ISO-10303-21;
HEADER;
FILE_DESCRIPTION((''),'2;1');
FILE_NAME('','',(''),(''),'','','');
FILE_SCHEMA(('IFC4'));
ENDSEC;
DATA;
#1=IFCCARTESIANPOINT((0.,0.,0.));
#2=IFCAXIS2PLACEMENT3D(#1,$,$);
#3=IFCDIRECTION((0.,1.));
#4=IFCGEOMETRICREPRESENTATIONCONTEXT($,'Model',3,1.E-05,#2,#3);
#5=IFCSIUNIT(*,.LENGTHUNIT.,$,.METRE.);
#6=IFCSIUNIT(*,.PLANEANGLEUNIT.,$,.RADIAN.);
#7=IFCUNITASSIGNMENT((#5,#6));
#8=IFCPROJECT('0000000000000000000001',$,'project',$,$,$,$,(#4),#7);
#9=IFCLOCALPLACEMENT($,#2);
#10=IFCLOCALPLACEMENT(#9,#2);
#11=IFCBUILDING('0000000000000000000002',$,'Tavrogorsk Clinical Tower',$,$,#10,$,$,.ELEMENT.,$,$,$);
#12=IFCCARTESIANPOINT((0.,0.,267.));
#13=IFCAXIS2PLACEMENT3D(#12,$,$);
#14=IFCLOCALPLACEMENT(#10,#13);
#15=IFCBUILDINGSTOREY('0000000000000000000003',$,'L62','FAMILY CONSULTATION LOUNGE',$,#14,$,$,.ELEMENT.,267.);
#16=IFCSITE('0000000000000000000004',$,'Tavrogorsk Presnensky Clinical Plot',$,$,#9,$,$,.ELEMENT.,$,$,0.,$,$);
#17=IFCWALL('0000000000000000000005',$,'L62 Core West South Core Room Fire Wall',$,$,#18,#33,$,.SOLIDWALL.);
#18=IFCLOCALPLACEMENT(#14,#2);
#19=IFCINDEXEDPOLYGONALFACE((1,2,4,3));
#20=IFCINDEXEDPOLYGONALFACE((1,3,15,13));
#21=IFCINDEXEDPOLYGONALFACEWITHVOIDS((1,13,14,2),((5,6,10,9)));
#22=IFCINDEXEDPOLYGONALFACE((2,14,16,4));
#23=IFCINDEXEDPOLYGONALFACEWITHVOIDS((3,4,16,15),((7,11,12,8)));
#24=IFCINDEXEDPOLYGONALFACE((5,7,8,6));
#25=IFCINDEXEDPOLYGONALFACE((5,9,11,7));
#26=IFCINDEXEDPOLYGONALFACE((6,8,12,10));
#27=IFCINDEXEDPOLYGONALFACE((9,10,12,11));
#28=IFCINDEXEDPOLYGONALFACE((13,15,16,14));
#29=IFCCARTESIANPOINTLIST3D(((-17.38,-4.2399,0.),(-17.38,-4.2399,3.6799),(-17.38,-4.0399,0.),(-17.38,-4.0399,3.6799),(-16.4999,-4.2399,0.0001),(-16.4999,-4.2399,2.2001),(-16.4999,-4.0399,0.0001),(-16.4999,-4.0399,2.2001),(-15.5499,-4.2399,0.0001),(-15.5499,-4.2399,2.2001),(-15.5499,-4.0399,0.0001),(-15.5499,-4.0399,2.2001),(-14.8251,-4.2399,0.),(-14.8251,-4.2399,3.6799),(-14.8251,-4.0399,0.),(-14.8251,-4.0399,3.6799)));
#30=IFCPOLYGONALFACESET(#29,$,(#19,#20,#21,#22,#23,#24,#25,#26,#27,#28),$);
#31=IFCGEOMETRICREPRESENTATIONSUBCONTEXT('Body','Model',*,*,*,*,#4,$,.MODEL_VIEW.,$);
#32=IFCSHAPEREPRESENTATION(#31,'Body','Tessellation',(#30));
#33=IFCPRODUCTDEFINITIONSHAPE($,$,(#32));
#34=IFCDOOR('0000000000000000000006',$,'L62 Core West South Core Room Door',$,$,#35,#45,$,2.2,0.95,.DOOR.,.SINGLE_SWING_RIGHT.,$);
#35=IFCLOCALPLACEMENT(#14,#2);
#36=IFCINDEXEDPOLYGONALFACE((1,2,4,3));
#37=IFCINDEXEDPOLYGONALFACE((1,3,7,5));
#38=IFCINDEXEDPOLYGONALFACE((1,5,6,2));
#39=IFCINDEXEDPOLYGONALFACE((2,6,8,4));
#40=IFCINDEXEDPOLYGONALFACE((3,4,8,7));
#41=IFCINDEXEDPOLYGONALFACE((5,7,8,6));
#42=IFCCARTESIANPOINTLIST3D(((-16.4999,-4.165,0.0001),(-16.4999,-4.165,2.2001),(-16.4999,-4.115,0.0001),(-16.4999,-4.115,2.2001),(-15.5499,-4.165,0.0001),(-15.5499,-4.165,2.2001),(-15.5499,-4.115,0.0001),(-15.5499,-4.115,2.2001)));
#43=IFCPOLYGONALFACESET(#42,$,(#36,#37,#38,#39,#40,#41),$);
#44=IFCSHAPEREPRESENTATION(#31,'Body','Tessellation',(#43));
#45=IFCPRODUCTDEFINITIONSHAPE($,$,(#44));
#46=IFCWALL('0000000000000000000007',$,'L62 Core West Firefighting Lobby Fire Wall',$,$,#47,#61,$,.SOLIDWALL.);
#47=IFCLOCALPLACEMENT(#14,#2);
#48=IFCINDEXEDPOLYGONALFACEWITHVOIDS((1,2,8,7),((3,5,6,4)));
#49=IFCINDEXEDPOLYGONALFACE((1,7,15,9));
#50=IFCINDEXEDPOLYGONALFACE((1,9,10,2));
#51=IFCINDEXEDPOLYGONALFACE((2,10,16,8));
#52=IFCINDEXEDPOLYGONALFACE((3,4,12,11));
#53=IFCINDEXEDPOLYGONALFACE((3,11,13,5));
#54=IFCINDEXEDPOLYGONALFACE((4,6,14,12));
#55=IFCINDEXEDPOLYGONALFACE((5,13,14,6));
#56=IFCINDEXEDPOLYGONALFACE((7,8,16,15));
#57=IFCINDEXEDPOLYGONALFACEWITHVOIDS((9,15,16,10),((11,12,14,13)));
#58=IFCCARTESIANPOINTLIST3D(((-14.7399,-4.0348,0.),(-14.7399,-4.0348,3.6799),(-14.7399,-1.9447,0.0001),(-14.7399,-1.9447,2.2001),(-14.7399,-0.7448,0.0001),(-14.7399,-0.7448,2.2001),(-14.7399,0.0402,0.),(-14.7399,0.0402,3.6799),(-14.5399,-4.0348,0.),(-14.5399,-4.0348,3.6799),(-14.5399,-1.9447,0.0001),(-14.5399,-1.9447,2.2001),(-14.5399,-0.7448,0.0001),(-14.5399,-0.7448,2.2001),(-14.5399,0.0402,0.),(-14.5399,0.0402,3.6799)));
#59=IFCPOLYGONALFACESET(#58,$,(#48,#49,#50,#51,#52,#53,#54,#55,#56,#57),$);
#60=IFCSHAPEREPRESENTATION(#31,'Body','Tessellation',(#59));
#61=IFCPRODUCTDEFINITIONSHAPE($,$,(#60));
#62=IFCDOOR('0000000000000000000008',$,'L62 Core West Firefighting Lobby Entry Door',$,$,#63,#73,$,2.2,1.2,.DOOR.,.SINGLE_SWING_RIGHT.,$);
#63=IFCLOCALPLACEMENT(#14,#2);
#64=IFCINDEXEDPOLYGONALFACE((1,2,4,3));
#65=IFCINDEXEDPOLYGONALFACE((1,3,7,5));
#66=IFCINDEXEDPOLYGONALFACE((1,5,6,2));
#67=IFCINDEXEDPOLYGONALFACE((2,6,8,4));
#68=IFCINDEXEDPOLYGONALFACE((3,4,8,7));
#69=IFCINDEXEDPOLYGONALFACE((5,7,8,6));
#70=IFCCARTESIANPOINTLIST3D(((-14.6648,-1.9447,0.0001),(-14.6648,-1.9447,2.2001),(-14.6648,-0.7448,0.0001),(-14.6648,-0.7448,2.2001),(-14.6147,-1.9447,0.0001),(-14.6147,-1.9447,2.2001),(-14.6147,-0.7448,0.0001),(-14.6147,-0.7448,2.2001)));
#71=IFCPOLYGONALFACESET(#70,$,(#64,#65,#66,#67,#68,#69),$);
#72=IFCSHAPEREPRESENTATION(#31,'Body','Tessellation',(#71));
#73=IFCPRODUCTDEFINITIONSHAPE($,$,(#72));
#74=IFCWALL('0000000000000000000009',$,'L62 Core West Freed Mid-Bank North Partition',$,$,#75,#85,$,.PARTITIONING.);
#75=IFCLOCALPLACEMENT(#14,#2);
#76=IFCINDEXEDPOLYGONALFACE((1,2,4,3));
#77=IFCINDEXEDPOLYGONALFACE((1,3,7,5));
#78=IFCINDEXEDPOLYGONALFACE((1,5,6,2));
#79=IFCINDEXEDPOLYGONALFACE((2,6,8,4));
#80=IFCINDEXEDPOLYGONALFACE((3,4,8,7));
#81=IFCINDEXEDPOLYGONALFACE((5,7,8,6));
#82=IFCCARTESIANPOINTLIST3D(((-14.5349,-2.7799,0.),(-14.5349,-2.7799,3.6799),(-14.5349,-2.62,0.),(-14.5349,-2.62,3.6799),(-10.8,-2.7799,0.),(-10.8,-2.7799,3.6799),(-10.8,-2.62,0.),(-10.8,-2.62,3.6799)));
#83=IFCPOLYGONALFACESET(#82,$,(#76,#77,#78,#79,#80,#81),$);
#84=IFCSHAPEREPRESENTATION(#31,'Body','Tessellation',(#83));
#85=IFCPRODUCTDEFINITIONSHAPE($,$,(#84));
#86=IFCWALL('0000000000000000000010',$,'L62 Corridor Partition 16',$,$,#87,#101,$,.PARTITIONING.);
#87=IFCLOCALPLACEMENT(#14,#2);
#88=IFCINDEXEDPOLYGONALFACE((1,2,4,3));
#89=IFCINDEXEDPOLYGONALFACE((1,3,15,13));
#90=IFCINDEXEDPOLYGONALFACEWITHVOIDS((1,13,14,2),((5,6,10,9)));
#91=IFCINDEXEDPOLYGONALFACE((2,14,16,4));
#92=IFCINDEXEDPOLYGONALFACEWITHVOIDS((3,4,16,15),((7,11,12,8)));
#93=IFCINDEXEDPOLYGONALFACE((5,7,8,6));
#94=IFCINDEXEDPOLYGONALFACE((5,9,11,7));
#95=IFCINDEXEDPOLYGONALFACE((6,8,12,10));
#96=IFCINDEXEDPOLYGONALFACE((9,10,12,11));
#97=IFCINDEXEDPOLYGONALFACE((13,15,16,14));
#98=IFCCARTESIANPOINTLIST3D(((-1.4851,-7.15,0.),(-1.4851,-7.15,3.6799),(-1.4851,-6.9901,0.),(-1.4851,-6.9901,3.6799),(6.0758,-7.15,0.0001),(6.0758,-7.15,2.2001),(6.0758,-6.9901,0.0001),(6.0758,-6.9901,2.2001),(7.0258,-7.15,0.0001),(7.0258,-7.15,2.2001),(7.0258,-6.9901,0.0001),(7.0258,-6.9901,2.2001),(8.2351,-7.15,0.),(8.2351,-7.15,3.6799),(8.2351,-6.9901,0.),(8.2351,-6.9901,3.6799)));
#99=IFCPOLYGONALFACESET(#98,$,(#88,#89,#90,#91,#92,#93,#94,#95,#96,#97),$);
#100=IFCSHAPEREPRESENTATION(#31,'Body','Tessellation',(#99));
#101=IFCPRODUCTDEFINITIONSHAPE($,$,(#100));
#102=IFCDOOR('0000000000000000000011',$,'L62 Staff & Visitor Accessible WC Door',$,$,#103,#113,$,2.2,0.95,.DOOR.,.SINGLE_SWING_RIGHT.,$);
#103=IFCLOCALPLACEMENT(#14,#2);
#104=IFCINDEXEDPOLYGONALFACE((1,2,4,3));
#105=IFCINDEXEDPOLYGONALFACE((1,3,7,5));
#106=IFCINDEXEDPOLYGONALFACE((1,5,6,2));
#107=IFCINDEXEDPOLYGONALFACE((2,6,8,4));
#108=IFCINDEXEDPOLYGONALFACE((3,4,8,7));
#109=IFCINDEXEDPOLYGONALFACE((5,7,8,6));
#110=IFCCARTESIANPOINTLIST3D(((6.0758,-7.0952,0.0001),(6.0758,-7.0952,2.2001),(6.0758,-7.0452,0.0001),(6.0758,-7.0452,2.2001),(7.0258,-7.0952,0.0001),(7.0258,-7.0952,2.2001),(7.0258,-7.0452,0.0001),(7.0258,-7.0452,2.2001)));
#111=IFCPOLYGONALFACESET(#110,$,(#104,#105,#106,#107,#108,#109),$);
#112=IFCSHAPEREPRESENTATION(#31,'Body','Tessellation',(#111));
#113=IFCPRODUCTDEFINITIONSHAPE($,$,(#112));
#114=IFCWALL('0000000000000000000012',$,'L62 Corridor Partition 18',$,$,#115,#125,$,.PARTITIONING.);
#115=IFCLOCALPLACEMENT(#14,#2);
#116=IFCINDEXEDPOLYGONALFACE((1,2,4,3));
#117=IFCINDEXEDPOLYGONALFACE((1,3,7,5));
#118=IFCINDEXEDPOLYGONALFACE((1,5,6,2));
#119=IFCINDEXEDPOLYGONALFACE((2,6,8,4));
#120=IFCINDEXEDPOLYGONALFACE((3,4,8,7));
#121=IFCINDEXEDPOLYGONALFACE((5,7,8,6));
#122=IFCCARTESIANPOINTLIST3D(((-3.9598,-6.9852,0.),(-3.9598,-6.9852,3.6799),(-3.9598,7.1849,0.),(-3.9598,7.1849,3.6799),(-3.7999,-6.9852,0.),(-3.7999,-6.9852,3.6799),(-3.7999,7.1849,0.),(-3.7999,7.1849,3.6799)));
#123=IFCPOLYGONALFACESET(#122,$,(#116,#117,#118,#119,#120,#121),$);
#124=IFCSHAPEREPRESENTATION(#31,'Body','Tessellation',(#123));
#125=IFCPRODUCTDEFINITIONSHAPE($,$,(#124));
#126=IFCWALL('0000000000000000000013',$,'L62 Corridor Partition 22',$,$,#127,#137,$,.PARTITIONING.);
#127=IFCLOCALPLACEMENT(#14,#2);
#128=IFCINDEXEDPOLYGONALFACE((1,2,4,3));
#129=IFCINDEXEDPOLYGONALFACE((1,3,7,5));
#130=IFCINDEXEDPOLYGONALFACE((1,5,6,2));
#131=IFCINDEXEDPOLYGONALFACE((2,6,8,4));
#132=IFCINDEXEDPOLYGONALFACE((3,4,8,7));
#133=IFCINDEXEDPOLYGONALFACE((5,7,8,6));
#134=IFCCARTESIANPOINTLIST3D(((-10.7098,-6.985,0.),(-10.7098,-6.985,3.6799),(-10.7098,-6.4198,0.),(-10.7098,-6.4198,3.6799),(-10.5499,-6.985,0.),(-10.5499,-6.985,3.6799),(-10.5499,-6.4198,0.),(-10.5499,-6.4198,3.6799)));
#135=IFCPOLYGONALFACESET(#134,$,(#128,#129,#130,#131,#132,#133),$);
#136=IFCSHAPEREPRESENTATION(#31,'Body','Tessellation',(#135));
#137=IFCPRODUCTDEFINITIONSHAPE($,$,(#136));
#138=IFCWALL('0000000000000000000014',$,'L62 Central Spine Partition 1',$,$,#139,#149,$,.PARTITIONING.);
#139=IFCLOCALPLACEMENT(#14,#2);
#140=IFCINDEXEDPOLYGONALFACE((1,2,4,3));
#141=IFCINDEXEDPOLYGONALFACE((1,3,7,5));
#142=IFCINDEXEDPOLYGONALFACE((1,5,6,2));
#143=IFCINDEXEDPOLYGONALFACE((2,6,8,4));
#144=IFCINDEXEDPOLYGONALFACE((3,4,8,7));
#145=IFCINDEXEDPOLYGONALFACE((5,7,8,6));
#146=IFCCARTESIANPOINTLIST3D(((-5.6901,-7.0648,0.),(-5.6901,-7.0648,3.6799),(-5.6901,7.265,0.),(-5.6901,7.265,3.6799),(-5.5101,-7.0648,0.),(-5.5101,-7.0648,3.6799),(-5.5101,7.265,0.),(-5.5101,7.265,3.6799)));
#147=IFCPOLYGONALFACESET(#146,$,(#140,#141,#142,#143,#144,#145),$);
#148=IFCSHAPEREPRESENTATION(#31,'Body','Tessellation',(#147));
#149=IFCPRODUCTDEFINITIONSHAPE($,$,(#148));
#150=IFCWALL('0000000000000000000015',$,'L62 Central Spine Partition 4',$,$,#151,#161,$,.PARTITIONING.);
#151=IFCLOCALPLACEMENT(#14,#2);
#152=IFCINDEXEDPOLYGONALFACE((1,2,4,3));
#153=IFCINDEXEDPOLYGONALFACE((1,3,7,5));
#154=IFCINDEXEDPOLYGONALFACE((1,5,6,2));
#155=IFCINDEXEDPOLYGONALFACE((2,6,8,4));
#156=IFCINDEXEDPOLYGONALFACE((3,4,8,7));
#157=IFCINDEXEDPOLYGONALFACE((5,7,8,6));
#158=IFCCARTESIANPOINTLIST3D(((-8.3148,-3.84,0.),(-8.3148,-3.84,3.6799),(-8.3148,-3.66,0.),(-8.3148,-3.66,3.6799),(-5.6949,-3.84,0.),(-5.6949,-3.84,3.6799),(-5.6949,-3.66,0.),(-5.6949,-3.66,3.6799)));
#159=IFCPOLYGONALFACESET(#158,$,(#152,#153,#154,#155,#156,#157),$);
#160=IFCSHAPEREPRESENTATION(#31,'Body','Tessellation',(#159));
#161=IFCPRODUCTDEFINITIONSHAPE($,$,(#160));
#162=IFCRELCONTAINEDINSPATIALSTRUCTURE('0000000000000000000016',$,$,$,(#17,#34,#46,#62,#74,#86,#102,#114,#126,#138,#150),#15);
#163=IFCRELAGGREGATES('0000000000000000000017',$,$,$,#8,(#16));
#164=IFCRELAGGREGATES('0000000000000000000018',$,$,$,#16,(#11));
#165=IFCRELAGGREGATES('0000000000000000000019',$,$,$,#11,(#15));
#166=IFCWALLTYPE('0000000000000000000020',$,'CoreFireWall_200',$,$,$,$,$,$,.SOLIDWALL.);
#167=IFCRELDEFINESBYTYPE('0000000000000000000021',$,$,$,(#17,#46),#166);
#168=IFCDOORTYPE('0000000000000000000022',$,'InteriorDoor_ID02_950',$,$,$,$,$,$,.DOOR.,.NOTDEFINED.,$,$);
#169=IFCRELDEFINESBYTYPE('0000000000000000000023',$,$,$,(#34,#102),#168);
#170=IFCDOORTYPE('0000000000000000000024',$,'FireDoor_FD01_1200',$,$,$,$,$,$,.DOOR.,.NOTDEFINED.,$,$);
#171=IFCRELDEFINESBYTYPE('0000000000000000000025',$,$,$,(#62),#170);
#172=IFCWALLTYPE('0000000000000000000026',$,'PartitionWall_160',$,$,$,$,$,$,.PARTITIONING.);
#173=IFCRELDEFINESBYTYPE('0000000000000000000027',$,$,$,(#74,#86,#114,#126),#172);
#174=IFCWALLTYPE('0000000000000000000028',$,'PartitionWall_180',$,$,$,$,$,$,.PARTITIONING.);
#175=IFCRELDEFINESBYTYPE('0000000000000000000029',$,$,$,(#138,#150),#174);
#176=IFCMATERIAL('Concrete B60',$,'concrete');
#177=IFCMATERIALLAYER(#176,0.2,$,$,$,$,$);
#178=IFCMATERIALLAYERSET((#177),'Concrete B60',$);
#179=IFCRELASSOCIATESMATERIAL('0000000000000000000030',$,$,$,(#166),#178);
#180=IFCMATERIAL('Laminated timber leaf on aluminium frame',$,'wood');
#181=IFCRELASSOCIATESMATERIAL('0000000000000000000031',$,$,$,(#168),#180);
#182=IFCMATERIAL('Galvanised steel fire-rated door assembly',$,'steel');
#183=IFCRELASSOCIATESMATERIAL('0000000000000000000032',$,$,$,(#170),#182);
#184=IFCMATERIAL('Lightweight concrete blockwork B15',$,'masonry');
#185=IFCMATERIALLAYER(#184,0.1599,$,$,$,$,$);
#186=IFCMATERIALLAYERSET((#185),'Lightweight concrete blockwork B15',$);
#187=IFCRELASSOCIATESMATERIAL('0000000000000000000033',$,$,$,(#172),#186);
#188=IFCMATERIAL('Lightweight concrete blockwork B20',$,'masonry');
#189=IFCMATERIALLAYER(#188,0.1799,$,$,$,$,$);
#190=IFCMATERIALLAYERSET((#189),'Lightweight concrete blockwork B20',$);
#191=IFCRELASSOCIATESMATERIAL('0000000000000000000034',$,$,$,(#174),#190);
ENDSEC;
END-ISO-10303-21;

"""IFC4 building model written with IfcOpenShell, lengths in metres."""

from ifc_helpers import new_model, si_unit, direction, frame, frame_2d, origin, place, context, subcontext, project, spatial, rectangle, extrude, material, layer, layer_set, type_object, element, fill, save


model = new_model("IFC4")

# Units and contexts
model_context = context("Model", 3, precision=1e-05, world=origin(), true_north=direction((0.0, 1.0)))
body_context = subcontext(model_context, "Body", "Model", "MODEL_VIEW")
ifc_project = project(units=[si_unit("LENGTHUNIT", "METRE"), si_unit("PLANEANGLEUNIT", "RADIAN")], contexts=[model_context])

# Site, building, storey
site_placement = place(None, origin())
site = spatial("IfcSite", under=ifc_project, at=site_placement, Name="Tavrogorsk Presnensky Clinical Plot", CompositionType="ELEMENT", RefElevation=0.0)
building_placement = place(site_placement, origin())
building = spatial("IfcBuilding", under=site, at=building_placement, Name="Tavrogorsk Clinical Tower", CompositionType="ELEMENT")
storey_placement = place(building_placement, frame((0.0, 0.0, 267.0)))
storey = spatial("IfcBuildingStorey", under=building, at=storey_placement, Name="L62", Description="FAMILY CONSULTATION LOUNGE", CompositionType="ELEMENT", Elevation=267.0)

# Walls, openings, doors
ifc_material_1 = material(Name="Concrete B60", Category="concrete")
ifc_layer_1 = layer(ifc_material_1, 0.2)
ifc_layer_set_1 = layer_set([ifc_layer_1], Name="Concrete B60")
wall_type_1 = type_object("IfcWallType", Name="CoreFireWall_200", PredefinedType="SOLIDWALL", material=ifc_layer_set_1)
wall_1_placement = place(storey_placement, frame((-17.3799, -4.1399, 0.0), z_axis=(0.0, 0.0, 1.0), x_axis=(1.0, 0.0, 0.0)))
wall_1 = element("IfcWall", 1, at=wall_1_placement, inside=storey, type_object=wall_type_1, Name="L62 Core West South Core Room Fire Wall", PredefinedType="SOLIDWALL", context=body_context, shape_type="SweptSolid", body=[
    extrude(rectangle(XDim=2.5549, YDim=0.2, at=frame_2d((1.2773, 0.0))), origin(), (0.0, 0.0, 1.0), 3.6799),
])
opening_1_placement = place(wall_1_placement, frame((0.8799, 0.0, 0.0)))
opening_1 = element("IfcOpeningElement", 2, at=opening_1_placement, cuts=wall_1, PredefinedType="OPENING", context=body_context, shape_type="SweptSolid", body=[
    extrude(rectangle(XDim=0.95, YDim=2.2, at=frame_2d((0.4751, 1.1001))), frame((0.0, 0.1099, 0.0), z_axis=(0.0, -1.0, 0.0), x_axis=(1.0, 0.0, 0.0)), (0.0, 0.0, 1.0), 0.22),
])
ifc_material_2 = material(Name="Laminated timber leaf on aluminium frame", Category="wood")
door_type_1 = type_object("IfcDoorType", Name="InteriorDoor_ID02_950", OperationType="NOTDEFINED", PredefinedType="DOOR", material=ifc_material_2)
door_1_placement = place(opening_1_placement, origin())
door_1 = element("IfcDoor", 3, at=door_1_placement, inside=storey, type_object=door_type_1, Name="L62 Core West South Core Room Door", OperationType="SINGLE_SWING_RIGHT", OverallHeight=2.2, OverallWidth=0.95, PredefinedType="DOOR", context=body_context, shape_type="SweptSolid", body=[
    extrude(rectangle(XDim=0.95, YDim=2.2, at=frame_2d((0.4751, 1.1001))), frame((0.0, 0.0249, 0.0), z_axis=(0.0, -1.0, 0.0), x_axis=(1.0, 0.0, 0.0)), (0.0, 0.0, 1.0), 0.05),
])
fill(opening_1, door_1)
wall_2_placement = place(storey_placement, frame((-14.6399, -4.0349, 0.0), z_axis=(0.0, 0.0, 1.0), x_axis=(0.0, 1.0, 0.0)))
wall_2 = element("IfcWall", 4, at=wall_2_placement, inside=storey, type_object=wall_type_1, Name="L62 Core West Firefighting Lobby Fire Wall", PredefinedType="SOLIDWALL", context=body_context, shape_type="SweptSolid", body=[
    extrude(rectangle(XDim=4.075, YDim=0.2, at=frame_2d((2.0376, 0.0))), origin(), (0.0, 0.0, 1.0), 3.6799),
])
opening_2_placement = place(wall_2_placement, frame((2.0901, 0.0, 0.0)))
opening_2 = element("IfcOpeningElement", 5, at=opening_2_placement, cuts=wall_2, PredefinedType="OPENING", context=body_context, shape_type="SweptSolid", body=[
    extrude(rectangle(XDim=1.2, YDim=2.2, at=frame_2d((0.6001, 1.1001))), frame((0.0, 0.1099, 0.0), z_axis=(0.0, -1.0, 0.0), x_axis=(1.0, 0.0, 0.0)), (0.0, 0.0, 1.0), 0.22),
])
ifc_material_3 = material(Name="Galvanised steel fire-rated door assembly", Category="steel")
door_type_2 = type_object("IfcDoorType", Name="FireDoor_FD01_1200", OperationType="NOTDEFINED", PredefinedType="DOOR", material=ifc_material_3)
door_2_placement = place(opening_2_placement, origin())
door_2 = element("IfcDoor", 6, at=door_2_placement, inside=storey, type_object=door_type_2, Name="L62 Core West Firefighting Lobby Entry Door", OperationType="SINGLE_SWING_RIGHT", OverallHeight=2.2, OverallWidth=1.2, PredefinedType="DOOR", context=body_context, shape_type="SweptSolid", body=[
    extrude(rectangle(XDim=1.2, YDim=2.2, at=frame_2d((0.6001, 1.1001))), frame((0.0, 0.0249, 0.0), z_axis=(0.0, -1.0, 0.0), x_axis=(1.0, 0.0, 0.0)), (0.0, 0.0, 1.0), 0.05),
])
fill(opening_2, door_2)

# Wall
ifc_material_4 = material(Name="Lightweight concrete blockwork B15", Category="masonry")
ifc_layer_2 = layer(ifc_material_4, 0.1599)
ifc_layer_set_2 = layer_set([ifc_layer_2], Name="Lightweight concrete blockwork B15")
wall_type_2 = type_object("IfcWallType", Name="PartitionWall_160", PredefinedType="PARTITIONING", material=ifc_layer_set_2)
wall_3_placement = place(storey_placement, frame((-14.5349, -2.7, 0.0), z_axis=(0.0, 0.0, 1.0), x_axis=(1.0, 0.0, 0.0)))
element("IfcWall", 7, at=wall_3_placement, inside=storey, type_object=wall_type_2, Name="L62 Core West Freed Mid-Bank North Partition", PredefinedType="PARTITIONING", context=body_context, shape_type="SweptSolid", body=[
    extrude(rectangle(XDim=3.7349, YDim=0.1599, at=frame_2d((1.8674, 0.0))), origin(), (0.0, 0.0, 1.0), 3.6799),
])

# Wall, opening, door
wall_4_placement = place(storey_placement, frame((-1.4851, -7.0701, 0.0), z_axis=(0.0, 0.0, 1.0), x_axis=(1.0, 0.0, 0.0)))
wall_4 = element("IfcWall", 8, at=wall_4_placement, inside=storey, type_object=wall_type_2, Name="L62 Corridor Partition 16", PredefinedType="PARTITIONING", context=body_context, shape_type="SweptSolid", body=[
    extrude(rectangle(XDim=9.7202, YDim=0.1599, at=frame_2d((4.8601, 0.0))), origin(), (0.0, 0.0, 1.0), 3.6799),
])
opening_3_placement = place(wall_4_placement, frame((7.5608, 0.0, 0.0)))
opening_3 = element("IfcOpeningElement", 9, at=opening_3_placement, cuts=wall_4, PredefinedType="OPENING", context=body_context, shape_type="SweptSolid", body=[
    extrude(rectangle(XDim=0.95, YDim=2.2, at=frame_2d((0.4751, 1.1001))), frame((0.0, 0.0898, 0.0), z_axis=(0.0, -1.0, 0.0), x_axis=(1.0, 0.0, 0.0)), (0.0, 0.0, 1.0), 0.1799),
])
door_3_placement = place(opening_3_placement, origin())
door_3 = element("IfcDoor", 10, at=door_3_placement, inside=storey, type_object=door_type_1, Name="L62 Staff & Visitor Accessible WC Door", OperationType="SINGLE_SWING_RIGHT", OverallHeight=2.2, OverallWidth=0.95, PredefinedType="DOOR", context=body_context, shape_type="SweptSolid", body=[
    extrude(rectangle(XDim=0.95, YDim=2.2, at=frame_2d((0.4751, 1.1001))), frame((0.0, 0.0249, 0.0), z_axis=(0.0, -1.0, 0.0), x_axis=(1.0, 0.0, 0.0)), (0.0, 0.0, 1.0), 0.05),
])
fill(opening_3, door_3)

# Walls
wall_5_placement = place(storey_placement, frame((-3.8799, -6.9851, 0.0), z_axis=(0.0, 0.0, 1.0), x_axis=(0.0, 1.0, 0.0)))
element("IfcWall", 11, at=wall_5_placement, inside=storey, type_object=wall_type_2, Name="L62 Corridor Partition 18", PredefinedType="PARTITIONING", context=body_context, shape_type="SweptSolid", body=[
    extrude(rectangle(XDim=14.1702, YDim=0.1599, at=frame_2d((7.085, 0.0))), origin(), (0.0, 0.0, 1.0), 3.6799),
])
wall_6_placement = place(storey_placement, frame((-10.6299, -6.9851, 0.0), z_axis=(0.0, 0.0, 1.0), x_axis=(0.0, 1.0, 0.0)))
element("IfcWall", 12, at=wall_6_placement, inside=storey, type_object=wall_type_2, Name="L62 Corridor Partition 22", PredefinedType="PARTITIONING", context=body_context, shape_type="SweptSolid", body=[
    extrude(rectangle(XDim=0.5652, YDim=0.1599, at=frame_2d((0.2827, 0.0))), origin(), (0.0, 0.0, 1.0), 3.6799),
])
ifc_material_5 = material(Name="Lightweight concrete blockwork B20", Category="masonry")
ifc_layer_3 = layer(ifc_material_5, 0.1799)
ifc_layer_set_3 = layer_set([ifc_layer_3], Name="Lightweight concrete blockwork B20")
wall_type_3 = type_object("IfcWallType", Name="PartitionWall_180", PredefinedType="PARTITIONING", material=ifc_layer_set_3)
wall_7_placement = place(storey_placement, frame((-5.6001, -7.0649, 0.0), z_axis=(0.0, 0.0, 1.0), x_axis=(0.0, 1.0, 0.0)))
element("IfcWall", 13, at=wall_7_placement, inside=storey, type_object=wall_type_3, Name="L62 Central Spine Partition 1", PredefinedType="PARTITIONING", context=body_context, shape_type="SweptSolid", body=[
    extrude(rectangle(XDim=14.3298, YDim=0.1799, at=frame_2d((7.165, 0.0))), origin(), (0.0, 0.0, 1.0), 3.6799),
])
wall_8_placement = place(storey_placement, frame((-8.3149, -3.75, 0.0), z_axis=(0.0, 0.0, 1.0), x_axis=(1.0, 0.0, 0.0)))
element("IfcWall", 14, at=wall_8_placement, inside=storey, type_object=wall_type_3, Name="L62 Central Spine Partition 4", PredefinedType="PARTITIONING", context=body_context, shape_type="SweptSolid", body=[
    extrude(rectangle(XDim=2.6199, YDim=0.1799, at=frame_2d((1.3101, 0.0))), origin(), (0.0, 0.0, 1.0), 3.6799),
])

save(model, "model.ifc")
